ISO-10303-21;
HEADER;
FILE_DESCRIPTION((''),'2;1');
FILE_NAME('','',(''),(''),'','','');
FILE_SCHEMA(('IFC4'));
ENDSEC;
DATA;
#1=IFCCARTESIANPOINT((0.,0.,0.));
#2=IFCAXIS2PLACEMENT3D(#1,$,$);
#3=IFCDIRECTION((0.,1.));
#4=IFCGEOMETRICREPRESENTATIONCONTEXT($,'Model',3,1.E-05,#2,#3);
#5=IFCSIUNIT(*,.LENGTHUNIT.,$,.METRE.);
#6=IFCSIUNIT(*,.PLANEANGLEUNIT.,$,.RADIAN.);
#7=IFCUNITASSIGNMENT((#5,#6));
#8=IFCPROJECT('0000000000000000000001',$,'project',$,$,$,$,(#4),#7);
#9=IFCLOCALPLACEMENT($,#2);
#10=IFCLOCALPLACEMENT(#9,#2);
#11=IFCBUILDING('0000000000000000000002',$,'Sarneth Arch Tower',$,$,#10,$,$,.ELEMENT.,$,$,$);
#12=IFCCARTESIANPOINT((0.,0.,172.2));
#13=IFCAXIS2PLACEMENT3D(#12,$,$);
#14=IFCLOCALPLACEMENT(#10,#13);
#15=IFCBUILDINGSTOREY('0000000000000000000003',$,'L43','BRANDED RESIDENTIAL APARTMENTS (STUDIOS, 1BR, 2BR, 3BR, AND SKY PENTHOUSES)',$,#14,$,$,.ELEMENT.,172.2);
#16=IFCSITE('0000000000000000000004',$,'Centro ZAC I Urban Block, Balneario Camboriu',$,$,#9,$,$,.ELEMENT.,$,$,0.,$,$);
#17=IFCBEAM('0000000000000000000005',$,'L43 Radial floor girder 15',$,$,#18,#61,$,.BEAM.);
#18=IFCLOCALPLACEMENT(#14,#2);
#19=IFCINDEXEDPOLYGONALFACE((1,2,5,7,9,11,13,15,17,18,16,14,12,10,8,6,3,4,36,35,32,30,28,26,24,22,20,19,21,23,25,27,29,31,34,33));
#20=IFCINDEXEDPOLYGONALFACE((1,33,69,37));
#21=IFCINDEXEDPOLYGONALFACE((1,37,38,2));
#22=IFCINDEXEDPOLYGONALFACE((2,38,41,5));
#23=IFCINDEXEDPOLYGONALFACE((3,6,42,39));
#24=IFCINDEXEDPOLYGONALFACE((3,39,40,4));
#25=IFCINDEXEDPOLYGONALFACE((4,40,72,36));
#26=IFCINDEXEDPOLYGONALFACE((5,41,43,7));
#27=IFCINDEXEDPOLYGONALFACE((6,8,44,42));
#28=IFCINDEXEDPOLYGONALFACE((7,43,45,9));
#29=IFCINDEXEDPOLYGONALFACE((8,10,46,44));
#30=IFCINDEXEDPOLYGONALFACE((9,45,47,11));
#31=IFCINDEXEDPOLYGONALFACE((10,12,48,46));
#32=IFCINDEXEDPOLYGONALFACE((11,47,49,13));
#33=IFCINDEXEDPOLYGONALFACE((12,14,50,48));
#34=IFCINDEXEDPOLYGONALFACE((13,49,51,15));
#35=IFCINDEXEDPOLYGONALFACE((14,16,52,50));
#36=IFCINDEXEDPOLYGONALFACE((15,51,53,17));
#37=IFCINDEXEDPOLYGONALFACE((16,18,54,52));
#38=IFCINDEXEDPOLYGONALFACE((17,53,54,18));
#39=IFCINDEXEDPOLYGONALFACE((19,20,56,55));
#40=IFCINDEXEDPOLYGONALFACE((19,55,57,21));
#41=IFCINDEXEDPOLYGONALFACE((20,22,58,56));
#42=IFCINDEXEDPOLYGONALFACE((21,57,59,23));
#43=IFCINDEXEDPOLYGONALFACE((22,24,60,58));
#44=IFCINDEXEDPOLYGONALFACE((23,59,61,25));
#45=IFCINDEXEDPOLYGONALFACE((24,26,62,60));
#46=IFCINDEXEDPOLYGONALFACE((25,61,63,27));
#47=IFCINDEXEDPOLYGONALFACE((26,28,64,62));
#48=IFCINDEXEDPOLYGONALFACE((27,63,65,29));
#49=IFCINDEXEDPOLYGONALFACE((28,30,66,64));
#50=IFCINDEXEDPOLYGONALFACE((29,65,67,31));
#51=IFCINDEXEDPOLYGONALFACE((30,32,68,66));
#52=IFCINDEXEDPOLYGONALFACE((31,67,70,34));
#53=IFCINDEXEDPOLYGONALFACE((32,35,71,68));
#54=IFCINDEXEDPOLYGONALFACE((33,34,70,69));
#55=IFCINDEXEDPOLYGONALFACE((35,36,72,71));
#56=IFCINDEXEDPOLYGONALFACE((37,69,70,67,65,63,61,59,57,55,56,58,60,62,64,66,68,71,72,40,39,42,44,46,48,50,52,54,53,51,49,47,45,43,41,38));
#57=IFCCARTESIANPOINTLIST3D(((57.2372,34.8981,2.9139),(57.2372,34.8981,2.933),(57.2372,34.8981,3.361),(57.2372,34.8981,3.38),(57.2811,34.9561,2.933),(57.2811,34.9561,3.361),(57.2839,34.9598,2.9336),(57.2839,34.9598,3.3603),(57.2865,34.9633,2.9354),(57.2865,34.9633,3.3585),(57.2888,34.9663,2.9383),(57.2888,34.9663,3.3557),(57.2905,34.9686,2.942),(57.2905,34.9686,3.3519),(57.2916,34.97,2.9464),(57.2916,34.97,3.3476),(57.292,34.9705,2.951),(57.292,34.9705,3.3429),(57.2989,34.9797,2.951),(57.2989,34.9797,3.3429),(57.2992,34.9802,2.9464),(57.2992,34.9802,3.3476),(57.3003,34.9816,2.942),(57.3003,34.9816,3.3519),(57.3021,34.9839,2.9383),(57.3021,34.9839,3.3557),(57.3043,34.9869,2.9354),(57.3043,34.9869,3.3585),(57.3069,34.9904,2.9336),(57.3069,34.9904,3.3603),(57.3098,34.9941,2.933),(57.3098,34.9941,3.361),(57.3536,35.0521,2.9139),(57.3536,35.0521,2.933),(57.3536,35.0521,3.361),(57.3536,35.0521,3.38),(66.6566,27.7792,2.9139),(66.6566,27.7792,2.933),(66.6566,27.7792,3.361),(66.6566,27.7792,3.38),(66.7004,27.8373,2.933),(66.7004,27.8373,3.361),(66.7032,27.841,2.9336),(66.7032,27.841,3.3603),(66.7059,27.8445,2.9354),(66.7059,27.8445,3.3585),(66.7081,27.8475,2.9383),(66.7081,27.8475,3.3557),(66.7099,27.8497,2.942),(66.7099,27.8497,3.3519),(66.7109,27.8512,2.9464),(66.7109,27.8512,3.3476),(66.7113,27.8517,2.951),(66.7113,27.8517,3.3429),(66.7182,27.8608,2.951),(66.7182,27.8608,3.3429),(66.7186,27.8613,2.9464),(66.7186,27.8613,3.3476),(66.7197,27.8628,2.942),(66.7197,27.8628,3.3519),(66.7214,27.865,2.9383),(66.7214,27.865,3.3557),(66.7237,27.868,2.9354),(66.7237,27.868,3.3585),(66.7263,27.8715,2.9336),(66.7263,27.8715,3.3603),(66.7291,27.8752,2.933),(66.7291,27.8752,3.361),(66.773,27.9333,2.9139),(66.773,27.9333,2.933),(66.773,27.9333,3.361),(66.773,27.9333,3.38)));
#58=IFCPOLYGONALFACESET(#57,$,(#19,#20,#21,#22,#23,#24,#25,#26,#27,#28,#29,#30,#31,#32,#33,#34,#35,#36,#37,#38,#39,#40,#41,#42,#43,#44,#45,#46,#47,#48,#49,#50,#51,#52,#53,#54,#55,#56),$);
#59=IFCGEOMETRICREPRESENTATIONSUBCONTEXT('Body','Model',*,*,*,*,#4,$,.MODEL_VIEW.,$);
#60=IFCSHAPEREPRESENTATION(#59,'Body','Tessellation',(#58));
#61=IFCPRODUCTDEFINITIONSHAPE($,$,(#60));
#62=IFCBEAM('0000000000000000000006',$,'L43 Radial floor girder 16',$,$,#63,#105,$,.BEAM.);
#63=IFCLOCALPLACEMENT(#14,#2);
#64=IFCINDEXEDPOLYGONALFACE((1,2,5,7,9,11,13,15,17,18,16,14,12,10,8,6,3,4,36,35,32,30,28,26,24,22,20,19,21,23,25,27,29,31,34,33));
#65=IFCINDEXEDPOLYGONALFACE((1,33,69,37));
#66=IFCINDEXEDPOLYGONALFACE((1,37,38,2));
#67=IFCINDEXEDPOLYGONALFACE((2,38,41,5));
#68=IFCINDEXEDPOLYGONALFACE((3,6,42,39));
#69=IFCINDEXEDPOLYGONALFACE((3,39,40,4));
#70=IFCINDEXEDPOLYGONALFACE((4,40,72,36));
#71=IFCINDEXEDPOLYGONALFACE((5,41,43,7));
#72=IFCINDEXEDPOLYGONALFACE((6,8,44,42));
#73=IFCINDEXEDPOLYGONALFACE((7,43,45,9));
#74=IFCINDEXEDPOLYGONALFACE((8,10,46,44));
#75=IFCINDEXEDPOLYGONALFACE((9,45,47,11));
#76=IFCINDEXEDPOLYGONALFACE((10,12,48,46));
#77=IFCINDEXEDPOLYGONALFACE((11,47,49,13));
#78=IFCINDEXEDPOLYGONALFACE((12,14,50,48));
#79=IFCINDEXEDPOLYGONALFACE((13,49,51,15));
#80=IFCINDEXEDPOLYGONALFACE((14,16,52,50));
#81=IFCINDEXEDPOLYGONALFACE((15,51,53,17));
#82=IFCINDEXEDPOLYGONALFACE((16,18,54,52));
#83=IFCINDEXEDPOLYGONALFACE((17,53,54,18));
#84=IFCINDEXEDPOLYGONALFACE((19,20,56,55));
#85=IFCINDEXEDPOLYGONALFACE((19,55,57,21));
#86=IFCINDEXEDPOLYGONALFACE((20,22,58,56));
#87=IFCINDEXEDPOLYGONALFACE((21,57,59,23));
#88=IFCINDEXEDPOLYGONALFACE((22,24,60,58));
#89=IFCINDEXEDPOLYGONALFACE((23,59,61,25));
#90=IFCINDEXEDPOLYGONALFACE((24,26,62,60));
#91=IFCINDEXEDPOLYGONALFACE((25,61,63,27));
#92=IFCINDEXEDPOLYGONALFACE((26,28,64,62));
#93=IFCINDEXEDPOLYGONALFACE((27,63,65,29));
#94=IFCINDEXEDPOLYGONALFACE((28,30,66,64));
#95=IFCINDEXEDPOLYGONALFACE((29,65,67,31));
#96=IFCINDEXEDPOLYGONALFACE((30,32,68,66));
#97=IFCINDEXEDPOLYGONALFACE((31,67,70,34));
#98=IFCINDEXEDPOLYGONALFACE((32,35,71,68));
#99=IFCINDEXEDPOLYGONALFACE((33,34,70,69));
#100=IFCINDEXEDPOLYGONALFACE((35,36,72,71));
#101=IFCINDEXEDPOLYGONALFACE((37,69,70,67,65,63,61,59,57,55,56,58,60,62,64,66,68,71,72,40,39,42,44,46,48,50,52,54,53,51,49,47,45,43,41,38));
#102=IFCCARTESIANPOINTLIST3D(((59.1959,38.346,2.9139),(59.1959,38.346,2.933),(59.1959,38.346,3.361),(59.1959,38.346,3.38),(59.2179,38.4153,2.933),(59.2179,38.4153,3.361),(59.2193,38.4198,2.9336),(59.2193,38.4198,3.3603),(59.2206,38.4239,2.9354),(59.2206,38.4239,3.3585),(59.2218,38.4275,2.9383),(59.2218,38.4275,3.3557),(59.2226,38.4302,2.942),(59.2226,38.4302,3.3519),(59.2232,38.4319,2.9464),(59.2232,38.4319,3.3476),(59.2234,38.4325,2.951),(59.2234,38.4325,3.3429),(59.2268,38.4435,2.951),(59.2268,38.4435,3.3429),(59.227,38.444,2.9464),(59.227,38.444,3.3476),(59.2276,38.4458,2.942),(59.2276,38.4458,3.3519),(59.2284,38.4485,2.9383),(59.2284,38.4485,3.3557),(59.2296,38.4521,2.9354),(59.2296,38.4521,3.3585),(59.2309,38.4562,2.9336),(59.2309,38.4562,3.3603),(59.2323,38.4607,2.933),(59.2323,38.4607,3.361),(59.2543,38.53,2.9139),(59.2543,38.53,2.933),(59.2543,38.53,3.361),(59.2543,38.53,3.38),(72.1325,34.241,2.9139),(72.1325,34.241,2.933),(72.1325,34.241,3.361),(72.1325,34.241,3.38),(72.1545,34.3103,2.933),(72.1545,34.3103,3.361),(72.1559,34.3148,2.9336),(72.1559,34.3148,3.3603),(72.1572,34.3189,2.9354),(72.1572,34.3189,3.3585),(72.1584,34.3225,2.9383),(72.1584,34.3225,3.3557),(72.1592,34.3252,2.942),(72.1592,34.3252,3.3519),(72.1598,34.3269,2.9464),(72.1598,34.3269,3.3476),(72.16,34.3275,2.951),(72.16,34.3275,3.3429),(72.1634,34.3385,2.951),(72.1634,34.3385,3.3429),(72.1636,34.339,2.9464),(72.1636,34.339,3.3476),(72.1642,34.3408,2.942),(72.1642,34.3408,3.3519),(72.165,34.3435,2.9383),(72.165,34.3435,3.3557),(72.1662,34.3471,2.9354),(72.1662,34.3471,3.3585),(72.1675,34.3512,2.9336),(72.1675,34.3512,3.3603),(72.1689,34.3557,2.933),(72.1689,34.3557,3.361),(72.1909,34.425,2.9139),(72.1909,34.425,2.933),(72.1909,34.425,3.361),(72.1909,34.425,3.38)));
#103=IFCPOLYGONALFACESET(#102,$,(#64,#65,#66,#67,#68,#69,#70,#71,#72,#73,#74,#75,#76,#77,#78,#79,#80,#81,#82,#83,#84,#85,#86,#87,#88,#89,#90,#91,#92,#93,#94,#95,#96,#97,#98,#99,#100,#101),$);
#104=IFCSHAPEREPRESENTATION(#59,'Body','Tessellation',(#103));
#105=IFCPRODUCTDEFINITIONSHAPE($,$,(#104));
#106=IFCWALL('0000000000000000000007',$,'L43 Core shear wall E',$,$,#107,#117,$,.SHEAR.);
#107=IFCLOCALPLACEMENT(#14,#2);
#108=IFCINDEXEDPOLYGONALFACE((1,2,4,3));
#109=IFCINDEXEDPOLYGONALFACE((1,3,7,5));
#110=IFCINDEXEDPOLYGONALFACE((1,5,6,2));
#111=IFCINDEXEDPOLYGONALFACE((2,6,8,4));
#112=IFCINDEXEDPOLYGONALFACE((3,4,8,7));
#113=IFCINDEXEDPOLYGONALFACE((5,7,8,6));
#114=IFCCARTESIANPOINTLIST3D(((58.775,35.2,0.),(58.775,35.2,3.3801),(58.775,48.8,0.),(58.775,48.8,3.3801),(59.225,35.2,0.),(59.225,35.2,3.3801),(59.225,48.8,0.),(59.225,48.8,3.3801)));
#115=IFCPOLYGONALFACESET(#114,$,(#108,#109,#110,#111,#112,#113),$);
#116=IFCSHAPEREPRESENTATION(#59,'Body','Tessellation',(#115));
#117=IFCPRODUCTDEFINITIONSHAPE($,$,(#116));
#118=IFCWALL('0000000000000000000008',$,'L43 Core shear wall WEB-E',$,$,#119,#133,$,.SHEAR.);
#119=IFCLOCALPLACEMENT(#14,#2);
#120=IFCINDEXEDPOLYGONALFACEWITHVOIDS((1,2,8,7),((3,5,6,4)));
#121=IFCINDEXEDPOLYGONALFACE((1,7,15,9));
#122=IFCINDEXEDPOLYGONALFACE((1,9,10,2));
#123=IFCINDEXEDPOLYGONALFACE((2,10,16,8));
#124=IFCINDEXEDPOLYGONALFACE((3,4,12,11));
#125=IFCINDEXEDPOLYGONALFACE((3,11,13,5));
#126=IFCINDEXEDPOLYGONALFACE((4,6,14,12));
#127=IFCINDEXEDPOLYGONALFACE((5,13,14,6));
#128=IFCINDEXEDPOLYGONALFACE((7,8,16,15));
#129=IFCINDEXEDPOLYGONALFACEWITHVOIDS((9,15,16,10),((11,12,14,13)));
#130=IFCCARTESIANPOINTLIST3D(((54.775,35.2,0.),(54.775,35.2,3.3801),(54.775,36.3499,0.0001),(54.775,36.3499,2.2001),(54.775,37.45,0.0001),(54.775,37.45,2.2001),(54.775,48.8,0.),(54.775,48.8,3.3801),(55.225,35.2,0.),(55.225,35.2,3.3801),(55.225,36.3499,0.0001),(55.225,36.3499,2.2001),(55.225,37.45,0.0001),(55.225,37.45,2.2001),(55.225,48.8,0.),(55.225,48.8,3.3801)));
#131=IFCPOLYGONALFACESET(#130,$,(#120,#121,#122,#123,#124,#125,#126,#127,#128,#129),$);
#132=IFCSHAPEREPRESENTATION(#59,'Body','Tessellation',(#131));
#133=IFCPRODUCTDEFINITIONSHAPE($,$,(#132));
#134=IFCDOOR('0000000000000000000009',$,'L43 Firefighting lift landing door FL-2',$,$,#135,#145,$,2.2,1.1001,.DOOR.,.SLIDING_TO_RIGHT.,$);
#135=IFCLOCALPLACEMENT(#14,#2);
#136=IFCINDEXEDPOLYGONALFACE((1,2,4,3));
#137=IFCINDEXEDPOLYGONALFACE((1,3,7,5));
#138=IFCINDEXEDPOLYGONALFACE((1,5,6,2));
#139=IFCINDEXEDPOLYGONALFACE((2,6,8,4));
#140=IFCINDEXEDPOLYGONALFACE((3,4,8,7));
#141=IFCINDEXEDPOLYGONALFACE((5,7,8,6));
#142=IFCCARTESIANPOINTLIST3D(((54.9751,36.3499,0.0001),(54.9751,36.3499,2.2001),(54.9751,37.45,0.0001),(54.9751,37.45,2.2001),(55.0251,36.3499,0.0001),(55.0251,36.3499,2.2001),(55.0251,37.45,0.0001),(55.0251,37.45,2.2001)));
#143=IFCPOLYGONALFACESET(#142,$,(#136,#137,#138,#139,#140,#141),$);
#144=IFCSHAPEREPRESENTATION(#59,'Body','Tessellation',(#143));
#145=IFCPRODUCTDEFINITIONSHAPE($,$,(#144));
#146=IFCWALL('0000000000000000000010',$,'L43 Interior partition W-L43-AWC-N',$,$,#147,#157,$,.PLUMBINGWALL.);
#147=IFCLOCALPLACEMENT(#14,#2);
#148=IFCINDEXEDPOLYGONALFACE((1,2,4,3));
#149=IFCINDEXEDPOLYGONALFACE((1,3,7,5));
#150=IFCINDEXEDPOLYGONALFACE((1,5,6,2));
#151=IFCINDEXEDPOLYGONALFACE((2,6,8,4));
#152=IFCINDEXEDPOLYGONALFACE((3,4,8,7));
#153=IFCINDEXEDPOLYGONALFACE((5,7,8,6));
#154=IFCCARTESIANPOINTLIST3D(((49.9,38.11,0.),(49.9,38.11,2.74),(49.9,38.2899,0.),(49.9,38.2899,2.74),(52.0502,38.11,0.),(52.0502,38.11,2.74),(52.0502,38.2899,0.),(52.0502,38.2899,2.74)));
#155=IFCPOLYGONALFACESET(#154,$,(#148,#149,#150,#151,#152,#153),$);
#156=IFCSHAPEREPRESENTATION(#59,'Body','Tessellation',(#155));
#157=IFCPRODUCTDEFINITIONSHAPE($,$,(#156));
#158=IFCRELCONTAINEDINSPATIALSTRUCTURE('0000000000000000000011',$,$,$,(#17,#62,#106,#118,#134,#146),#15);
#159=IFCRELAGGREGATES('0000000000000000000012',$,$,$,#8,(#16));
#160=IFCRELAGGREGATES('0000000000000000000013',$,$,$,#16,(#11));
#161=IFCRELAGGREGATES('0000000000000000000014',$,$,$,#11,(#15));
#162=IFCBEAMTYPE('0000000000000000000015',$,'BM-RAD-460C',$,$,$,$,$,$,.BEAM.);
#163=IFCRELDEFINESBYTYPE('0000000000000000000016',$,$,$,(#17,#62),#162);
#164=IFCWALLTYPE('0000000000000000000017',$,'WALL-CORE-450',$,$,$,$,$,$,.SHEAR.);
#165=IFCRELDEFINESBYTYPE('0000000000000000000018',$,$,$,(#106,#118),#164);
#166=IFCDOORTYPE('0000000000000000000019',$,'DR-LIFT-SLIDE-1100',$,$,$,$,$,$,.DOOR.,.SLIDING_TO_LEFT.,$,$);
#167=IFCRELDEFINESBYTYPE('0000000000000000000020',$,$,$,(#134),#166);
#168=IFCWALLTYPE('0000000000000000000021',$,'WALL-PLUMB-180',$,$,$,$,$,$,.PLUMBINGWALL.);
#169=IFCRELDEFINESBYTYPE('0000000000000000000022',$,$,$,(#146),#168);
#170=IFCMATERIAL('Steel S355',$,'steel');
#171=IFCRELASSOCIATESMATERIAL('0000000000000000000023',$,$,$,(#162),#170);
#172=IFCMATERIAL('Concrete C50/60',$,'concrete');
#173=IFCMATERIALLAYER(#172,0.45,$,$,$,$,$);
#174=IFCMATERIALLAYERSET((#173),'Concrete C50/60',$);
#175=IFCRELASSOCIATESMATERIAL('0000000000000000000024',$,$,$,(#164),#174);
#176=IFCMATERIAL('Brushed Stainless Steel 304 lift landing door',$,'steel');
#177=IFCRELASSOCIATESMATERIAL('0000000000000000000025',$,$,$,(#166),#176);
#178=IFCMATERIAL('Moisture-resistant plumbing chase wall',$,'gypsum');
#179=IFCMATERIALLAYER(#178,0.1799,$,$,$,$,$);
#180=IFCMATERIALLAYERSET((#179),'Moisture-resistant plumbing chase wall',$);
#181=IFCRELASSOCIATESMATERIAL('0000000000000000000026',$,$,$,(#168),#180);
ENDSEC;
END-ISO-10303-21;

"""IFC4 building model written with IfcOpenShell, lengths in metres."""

from ifc_helpers import new_model, si_unit, direction, frame, frame_2d, origin, origin_2d, place, context, subcontext, project, spatial, rectangle, i_section, extrude, material, layer, layer_set, material_profile, profile_set, type_object, element, fill, save


model = new_model("IFC4")

# Units and contexts
model_context = context("Model", 3, precision=1e-05, world=origin(), true_north=direction((0.0, 1.0)))
body_context = subcontext(model_context, "Body", "Model", "MODEL_VIEW")
ifc_project = project(units=[si_unit("LENGTHUNIT", "METRE"), si_unit("PLANEANGLEUNIT", "RADIAN")], contexts=[model_context])

# Site, building, storey
site_placement = place(None, origin())
site = spatial("IfcSite", under=ifc_project, at=site_placement, Name="Centro ZAC I Urban Block, Balneario Camboriu", CompositionType="ELEMENT", RefElevation=0.0)
building_placement = place(site_placement, origin())
building = spatial("IfcBuilding", under=site, at=building_placement, Name="Sarneth Arch Tower", CompositionType="ELEMENT")
storey_placement = place(building_placement, frame((0.0, 0.0, 172.2)))
storey = spatial("IfcBuildingStorey", under=building, at=storey_placement, Name="L43", Description="BRANDED RESIDENTIAL APARTMENTS (STUDIOS, 1BR, 2BR, 3BR, AND SKY PENTHOUSES)", CompositionType="ELEMENT", Elevation=172.2)

# Beams
ifc_material_1 = material(Name="Steel S355", Category="steel")
ifc_material_profile_1 = material_profile(ifc_material_1, i_section(OverallWidth=0.1931, OverallDepth=0.4661, WebThickness=0.0115, FlangeThickness=0.019, FilletRadius=0.0181, at=origin_2d()), Name="W460x97")
ifc_profile_set_1 = profile_set([ifc_material_profile_1], Name="Steel S355")
beam_type_1 = type_object("IfcBeamType", Name="BM-RAD-460C", PredefinedType="BEAM", material=ifc_profile_set_1)
beam_1_placement = place(storey_placement, frame((57.2954, 34.9751, 3.147), z_axis=(0.797786, -0.60294, 0.0), x_axis=(0.60294, 0.797786, 0.0)))
element("IfcBeam", 1, at=beam_1_placement, inside=storey, type_object=beam_type_1, Name="L43 Radial floor girder 15", PredefinedType="BEAM", context=body_context, shape_type="SweptSolid", body=[
    extrude(i_section(OverallWidth=0.1931, OverallDepth=0.4661, WebThickness=0.0115, FlangeThickness=0.019, FilletRadius=0.0181, at=origin_2d()), origin(), (0.0, 0.0, 1.0), 11.8069),
])
beam_2_placement = place(storey_placement, frame((59.2251, 38.438, 3.147), z_axis=(0.953164, -0.302455, 0.0), x_axis=(0.302455, 0.953164, 0.0)))
element("IfcBeam", 2, at=beam_2_placement, inside=storey, type_object=beam_type_1, Name="L43 Radial floor girder 16", PredefinedType="BEAM", context=body_context, shape_type="SweptSolid", body=[
    extrude(i_section(OverallWidth=0.1931, OverallDepth=0.4661, WebThickness=0.0115, FlangeThickness=0.019, FilletRadius=0.0181, at=origin_2d()), origin(), (0.0, 0.0, 1.0), 13.5723),
])

# Shared definitions
ifc_material_2 = material(Name="Concrete C50/60", Category="concrete")
ifc_layer_1 = layer(ifc_material_2, 0.45)
ifc_layer_set_1 = layer_set([ifc_layer_1], Name="Concrete C50/60")
wall_type_1 = type_object("IfcWallType", Name="WALL-CORE-450", PredefinedType="SHEAR", material=ifc_layer_set_1)

# Wall
wall_1_placement = place(storey_placement, frame((59.0, 35.2, 0.0), z_axis=(0.0, 0.0, 1.0), x_axis=(0.0, 1.0, 0.0)))
element("IfcWall", 3, at=wall_1_placement, inside=storey, type_object=wall_type_1, Name="L43 Core shear wall E", PredefinedType="SHEAR", context=body_context, shape_type="SweptSolid", body=[
    extrude(rectangle(XDim=13.6001, YDim=0.45, at=frame_2d((6.8, 0.0))), origin(), (0.0, 0.0, 1.0), 3.3801),
])

# Wall, opening, door
wall_2_placement = place(storey_placement, frame((55.0, 35.2, 0.0), z_axis=(0.0, 0.0, 1.0), x_axis=(0.0, 1.0, 0.0)))
wall_2 = element("IfcWall", 4, at=wall_2_placement, inside=storey, type_object=wall_type_1, Name="L43 Core shear wall WEB-E", PredefinedType="SHEAR", context=body_context, shape_type="SweptSolid", body=[
    extrude(rectangle(XDim=13.6001, YDim=0.45, at=frame_2d((6.8, 0.0))), origin(), (0.0, 0.0, 1.0), 3.3801),
])
opening_1_placement = place(wall_2_placement, frame((1.1499, 0.0, 0.0)))
opening_1 = element("IfcOpeningElement", 5, at=opening_1_placement, cuts=wall_2, PredefinedType="OPENING", context=body_context, shape_type="SweptSolid", body=[
    extrude(rectangle(XDim=1.1001, YDim=2.2, at=frame_2d((0.55, 1.1001))), frame((0.0, 0.2349, 0.0), z_axis=(0.0, -1.0, 0.0), x_axis=(1.0, 0.0, 0.0)), (0.0, 0.0, 1.0), 0.47),
])
ifc_material_3 = material(Name="Brushed Stainless Steel 304 lift landing door", Category="steel")
door_type_1 = type_object("IfcDoorType", Name="DR-LIFT-SLIDE-1100", OperationType="SLIDING_TO_LEFT", PredefinedType="DOOR", material=ifc_material_3)
door_1_placement = place(opening_1_placement, origin())
door_1 = element("IfcDoor", 6, at=door_1_placement, inside=storey, type_object=door_type_1, Name="L43 Firefighting lift landing door FL-2", OperationType="SLIDING_TO_RIGHT", OverallHeight=2.2, OverallWidth=1.1001, PredefinedType="DOOR", context=body_context, shape_type="SweptSolid", body=[
    extrude(rectangle(XDim=1.1001, YDim=2.2, at=frame_2d((0.55, 1.1001))), frame((0.0, 0.0249, 0.0), z_axis=(0.0, -1.0, 0.0), x_axis=(1.0, 0.0, 0.0)), (0.0, 0.0, 1.0), 0.05),
])
fill(opening_1, door_1)

# Wall
ifc_material_4 = material(Name="Moisture-resistant plumbing chase wall", Category="gypsum")
ifc_layer_2 = layer(ifc_material_4, 0.1799)
ifc_layer_set_2 = layer_set([ifc_layer_2], Name="Moisture-resistant plumbing chase wall")
wall_type_2 = type_object("IfcWallType", Name="WALL-PLUMB-180", PredefinedType="PLUMBINGWALL", material=ifc_layer_set_2)
wall_3_placement = place(storey_placement, frame((49.8999, 38.2, 0.0), z_axis=(0.0, 0.0, 1.0), x_axis=(1.0, 0.0, 0.0)))
element("IfcWall", 7, at=wall_3_placement, inside=storey, type_object=wall_type_2, Name="L43 Interior partition W-L43-AWC-N", PredefinedType="PLUMBINGWALL", context=body_context, shape_type="SweptSolid", body=[
    extrude(rectangle(XDim=2.1501, YDim=0.1799, at=frame_2d((1.0752, 0.0))), origin(), (0.0, 0.0, 1.0), 2.74),
])

save(model, "model.ifc")
